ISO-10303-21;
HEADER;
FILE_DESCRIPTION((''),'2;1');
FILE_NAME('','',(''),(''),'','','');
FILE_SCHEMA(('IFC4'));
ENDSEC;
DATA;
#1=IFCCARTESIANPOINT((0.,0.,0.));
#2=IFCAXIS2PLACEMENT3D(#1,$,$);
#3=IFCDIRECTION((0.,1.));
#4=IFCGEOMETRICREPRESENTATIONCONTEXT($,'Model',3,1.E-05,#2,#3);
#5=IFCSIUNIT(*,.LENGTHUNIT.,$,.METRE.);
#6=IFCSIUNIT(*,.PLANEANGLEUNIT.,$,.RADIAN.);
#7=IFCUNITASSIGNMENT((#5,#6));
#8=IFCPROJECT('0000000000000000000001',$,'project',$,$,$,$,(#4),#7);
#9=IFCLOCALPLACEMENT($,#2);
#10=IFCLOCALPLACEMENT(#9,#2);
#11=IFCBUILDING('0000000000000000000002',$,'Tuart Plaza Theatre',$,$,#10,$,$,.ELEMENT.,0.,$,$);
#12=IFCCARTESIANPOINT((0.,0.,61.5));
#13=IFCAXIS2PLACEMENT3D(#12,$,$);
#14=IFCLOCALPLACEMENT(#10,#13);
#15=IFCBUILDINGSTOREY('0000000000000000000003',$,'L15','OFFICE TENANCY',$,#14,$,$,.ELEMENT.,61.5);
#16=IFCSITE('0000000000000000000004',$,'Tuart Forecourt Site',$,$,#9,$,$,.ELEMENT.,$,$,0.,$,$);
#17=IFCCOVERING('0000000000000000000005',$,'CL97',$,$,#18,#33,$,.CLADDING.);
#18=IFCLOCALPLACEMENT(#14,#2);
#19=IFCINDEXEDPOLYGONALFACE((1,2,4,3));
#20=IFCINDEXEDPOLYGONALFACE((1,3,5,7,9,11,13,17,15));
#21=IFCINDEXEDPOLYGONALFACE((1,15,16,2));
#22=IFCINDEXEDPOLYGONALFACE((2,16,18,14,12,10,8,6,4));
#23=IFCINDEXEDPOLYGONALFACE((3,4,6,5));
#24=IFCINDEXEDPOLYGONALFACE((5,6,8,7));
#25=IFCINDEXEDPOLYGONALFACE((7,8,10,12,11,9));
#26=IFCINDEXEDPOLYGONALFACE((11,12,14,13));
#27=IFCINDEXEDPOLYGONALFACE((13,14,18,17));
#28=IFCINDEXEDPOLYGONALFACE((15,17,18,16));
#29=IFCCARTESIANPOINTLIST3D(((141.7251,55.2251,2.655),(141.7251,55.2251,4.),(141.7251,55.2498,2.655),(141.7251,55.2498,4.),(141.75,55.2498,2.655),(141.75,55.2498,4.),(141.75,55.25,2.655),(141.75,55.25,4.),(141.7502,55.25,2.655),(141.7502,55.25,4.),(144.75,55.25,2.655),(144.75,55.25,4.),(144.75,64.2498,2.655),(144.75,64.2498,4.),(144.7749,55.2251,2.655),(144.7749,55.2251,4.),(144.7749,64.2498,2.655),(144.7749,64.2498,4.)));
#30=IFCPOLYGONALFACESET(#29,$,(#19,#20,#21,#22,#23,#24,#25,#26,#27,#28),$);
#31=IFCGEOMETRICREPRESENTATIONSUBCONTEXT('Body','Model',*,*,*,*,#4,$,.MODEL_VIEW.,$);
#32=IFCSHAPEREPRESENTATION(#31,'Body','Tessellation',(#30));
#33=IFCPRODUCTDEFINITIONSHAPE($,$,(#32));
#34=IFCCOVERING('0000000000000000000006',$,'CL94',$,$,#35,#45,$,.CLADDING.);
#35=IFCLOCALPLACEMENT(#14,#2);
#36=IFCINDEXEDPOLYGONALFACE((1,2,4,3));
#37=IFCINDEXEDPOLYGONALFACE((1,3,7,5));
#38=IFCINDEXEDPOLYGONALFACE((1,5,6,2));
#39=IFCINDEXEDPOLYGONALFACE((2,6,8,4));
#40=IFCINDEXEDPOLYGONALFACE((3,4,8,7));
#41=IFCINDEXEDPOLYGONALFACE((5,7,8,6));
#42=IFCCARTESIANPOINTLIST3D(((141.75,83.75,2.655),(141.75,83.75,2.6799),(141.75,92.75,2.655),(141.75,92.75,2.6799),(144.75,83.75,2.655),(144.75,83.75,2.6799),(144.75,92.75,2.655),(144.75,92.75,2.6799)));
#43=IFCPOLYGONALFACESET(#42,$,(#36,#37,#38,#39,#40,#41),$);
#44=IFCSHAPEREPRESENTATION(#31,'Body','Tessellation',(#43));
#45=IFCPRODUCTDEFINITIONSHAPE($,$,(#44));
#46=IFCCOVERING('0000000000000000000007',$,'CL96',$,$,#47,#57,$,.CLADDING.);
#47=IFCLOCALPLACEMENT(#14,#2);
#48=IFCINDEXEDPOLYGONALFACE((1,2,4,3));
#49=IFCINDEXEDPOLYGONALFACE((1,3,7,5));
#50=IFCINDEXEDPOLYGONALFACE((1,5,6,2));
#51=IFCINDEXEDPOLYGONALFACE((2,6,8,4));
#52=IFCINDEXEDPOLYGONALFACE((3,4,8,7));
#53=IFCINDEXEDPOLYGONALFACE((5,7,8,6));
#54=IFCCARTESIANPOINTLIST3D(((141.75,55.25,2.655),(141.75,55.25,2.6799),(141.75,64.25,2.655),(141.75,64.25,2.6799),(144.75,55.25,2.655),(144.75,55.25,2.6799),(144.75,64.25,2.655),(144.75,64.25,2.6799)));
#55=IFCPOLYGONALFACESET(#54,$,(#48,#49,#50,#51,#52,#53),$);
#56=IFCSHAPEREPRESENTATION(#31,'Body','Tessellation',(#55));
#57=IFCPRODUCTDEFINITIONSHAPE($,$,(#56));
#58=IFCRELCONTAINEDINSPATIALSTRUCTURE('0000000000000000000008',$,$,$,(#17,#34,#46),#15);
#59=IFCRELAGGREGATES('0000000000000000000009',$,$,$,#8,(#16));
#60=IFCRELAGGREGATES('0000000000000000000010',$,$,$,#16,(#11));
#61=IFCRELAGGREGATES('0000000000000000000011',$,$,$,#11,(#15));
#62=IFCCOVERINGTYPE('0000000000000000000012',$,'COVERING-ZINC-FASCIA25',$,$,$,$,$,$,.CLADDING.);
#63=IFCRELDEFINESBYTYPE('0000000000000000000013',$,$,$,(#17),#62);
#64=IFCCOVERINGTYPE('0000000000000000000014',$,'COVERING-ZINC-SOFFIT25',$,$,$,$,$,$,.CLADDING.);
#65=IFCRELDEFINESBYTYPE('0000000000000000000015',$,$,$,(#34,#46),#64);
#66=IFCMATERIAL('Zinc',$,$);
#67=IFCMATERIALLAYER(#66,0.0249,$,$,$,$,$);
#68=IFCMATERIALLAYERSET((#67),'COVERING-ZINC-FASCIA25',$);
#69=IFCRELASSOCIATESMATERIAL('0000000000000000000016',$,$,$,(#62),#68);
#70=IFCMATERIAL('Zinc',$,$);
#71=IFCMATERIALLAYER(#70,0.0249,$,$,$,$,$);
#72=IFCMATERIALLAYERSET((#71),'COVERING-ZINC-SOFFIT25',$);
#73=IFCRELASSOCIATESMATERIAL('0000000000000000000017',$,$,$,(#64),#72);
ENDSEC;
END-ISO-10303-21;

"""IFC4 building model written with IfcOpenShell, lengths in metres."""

from ifc_helpers import new_model, si_unit, direction, frame, origin, place, context, subcontext, project, spatial, polyline, outline, extrude, material, layer, layer_set, type_object, element, save


model = new_model("IFC4")

# Units and contexts
model_context = context("Model", 3, precision=1e-05, world=origin(), true_north=direction((0.0, 1.0)))
body_context = subcontext(model_context, "Body", "Model", "MODEL_VIEW")
ifc_project = project(units=[si_unit("LENGTHUNIT", "METRE"), si_unit("PLANEANGLEUNIT", "RADIAN")], contexts=[model_context])

# Site, building, storey
site_placement = place(None, origin())
site = spatial("IfcSite", under=ifc_project, at=site_placement, Name="Tuart Forecourt Site", CompositionType="ELEMENT", RefElevation=0.0)
building_placement = place(site_placement, origin())
building = spatial("IfcBuilding", under=site, at=building_placement, Name="Tuart Plaza Theatre", CompositionType="ELEMENT", ElevationOfRefHeight=0.0)
storey_placement = place(building_placement, frame((0.0, 0.0, 61.5)))
storey = spatial("IfcBuildingStorey", under=building, at=storey_placement, Name="L15", Description="OFFICE TENANCY", CompositionType="ELEMENT", Elevation=61.5)

# Coverings
ifc_material_1 = material(Name="Zinc")
ifc_layer_1 = layer(ifc_material_1, 0.0249)
ifc_layer_set_1 = layer_set([ifc_layer_1], Name="COVERING-ZINC-FASCIA25")
covering_type_1 = type_object("IfcCoveringType", Name="COVERING-ZINC-FASCIA25", PredefinedType="CLADDING", material=ifc_layer_set_1)
covering_1_placement = place(storey_placement, frame((0.0, 0.0, 2.655)))
element("IfcCovering", 1, at=covering_1_placement, inside=storey, type_object=covering_type_1, Name="CL97", PredefinedType="CLADDING", context=body_context, shape_type="SweptSolid", body=[
    extrude(outline(polyline([(141.7251, 55.2498), (141.75, 55.2498), (141.75, 55.2498), (141.75, 55.2498), (141.75, 55.2498), (141.75, 55.25), (141.7502, 55.25), (141.7502, 55.25), (141.7502, 55.25), (141.7502, 55.25), (144.75, 55.25), (144.75, 64.2498), (144.7749, 64.2498), (144.7749, 55.2251), (141.7251, 55.2251), (141.7251, 55.2498)])), origin(), (0.0, 0.0, 1.0), 1.345),
])
ifc_material_2 = material(Name="Zinc")
ifc_layer_2 = layer(ifc_material_2, 0.0249)
ifc_layer_set_2 = layer_set([ifc_layer_2], Name="COVERING-ZINC-SOFFIT25")
covering_type_2 = type_object("IfcCoveringType", Name="COVERING-ZINC-SOFFIT25", PredefinedType="CLADDING", material=ifc_layer_set_2)
covering_2_placement = place(storey_placement, frame((0.0, 0.0, 2.655)))
element("IfcCovering", 2, at=covering_2_placement, inside=storey, type_object=covering_type_2, Name="CL94", PredefinedType="CLADDING", context=body_context, shape_type="SweptSolid", body=[
    extrude(outline(polyline([(144.75, 92.75), (144.75, 83.75), (141.75, 83.75), (141.75, 92.75), (144.75, 92.75)])), origin(), (0.0, 0.0, 1.0), 0.0249),
])
covering_3_placement = place(storey_placement, frame((0.0, 0.0, 2.655)))
element("IfcCovering", 3, at=covering_3_placement, inside=storey, type_object=covering_type_2, Name="CL96", PredefinedType="CLADDING", context=body_context, shape_type="SweptSolid", body=[
    extrude(outline(polyline([(144.75, 55.25), (141.75, 55.25), (141.75, 64.25), (144.75, 64.25), (144.75, 55.25)])), origin(), (0.0, 0.0, 1.0), 0.0249),
])

save(model, "model.ifc")
